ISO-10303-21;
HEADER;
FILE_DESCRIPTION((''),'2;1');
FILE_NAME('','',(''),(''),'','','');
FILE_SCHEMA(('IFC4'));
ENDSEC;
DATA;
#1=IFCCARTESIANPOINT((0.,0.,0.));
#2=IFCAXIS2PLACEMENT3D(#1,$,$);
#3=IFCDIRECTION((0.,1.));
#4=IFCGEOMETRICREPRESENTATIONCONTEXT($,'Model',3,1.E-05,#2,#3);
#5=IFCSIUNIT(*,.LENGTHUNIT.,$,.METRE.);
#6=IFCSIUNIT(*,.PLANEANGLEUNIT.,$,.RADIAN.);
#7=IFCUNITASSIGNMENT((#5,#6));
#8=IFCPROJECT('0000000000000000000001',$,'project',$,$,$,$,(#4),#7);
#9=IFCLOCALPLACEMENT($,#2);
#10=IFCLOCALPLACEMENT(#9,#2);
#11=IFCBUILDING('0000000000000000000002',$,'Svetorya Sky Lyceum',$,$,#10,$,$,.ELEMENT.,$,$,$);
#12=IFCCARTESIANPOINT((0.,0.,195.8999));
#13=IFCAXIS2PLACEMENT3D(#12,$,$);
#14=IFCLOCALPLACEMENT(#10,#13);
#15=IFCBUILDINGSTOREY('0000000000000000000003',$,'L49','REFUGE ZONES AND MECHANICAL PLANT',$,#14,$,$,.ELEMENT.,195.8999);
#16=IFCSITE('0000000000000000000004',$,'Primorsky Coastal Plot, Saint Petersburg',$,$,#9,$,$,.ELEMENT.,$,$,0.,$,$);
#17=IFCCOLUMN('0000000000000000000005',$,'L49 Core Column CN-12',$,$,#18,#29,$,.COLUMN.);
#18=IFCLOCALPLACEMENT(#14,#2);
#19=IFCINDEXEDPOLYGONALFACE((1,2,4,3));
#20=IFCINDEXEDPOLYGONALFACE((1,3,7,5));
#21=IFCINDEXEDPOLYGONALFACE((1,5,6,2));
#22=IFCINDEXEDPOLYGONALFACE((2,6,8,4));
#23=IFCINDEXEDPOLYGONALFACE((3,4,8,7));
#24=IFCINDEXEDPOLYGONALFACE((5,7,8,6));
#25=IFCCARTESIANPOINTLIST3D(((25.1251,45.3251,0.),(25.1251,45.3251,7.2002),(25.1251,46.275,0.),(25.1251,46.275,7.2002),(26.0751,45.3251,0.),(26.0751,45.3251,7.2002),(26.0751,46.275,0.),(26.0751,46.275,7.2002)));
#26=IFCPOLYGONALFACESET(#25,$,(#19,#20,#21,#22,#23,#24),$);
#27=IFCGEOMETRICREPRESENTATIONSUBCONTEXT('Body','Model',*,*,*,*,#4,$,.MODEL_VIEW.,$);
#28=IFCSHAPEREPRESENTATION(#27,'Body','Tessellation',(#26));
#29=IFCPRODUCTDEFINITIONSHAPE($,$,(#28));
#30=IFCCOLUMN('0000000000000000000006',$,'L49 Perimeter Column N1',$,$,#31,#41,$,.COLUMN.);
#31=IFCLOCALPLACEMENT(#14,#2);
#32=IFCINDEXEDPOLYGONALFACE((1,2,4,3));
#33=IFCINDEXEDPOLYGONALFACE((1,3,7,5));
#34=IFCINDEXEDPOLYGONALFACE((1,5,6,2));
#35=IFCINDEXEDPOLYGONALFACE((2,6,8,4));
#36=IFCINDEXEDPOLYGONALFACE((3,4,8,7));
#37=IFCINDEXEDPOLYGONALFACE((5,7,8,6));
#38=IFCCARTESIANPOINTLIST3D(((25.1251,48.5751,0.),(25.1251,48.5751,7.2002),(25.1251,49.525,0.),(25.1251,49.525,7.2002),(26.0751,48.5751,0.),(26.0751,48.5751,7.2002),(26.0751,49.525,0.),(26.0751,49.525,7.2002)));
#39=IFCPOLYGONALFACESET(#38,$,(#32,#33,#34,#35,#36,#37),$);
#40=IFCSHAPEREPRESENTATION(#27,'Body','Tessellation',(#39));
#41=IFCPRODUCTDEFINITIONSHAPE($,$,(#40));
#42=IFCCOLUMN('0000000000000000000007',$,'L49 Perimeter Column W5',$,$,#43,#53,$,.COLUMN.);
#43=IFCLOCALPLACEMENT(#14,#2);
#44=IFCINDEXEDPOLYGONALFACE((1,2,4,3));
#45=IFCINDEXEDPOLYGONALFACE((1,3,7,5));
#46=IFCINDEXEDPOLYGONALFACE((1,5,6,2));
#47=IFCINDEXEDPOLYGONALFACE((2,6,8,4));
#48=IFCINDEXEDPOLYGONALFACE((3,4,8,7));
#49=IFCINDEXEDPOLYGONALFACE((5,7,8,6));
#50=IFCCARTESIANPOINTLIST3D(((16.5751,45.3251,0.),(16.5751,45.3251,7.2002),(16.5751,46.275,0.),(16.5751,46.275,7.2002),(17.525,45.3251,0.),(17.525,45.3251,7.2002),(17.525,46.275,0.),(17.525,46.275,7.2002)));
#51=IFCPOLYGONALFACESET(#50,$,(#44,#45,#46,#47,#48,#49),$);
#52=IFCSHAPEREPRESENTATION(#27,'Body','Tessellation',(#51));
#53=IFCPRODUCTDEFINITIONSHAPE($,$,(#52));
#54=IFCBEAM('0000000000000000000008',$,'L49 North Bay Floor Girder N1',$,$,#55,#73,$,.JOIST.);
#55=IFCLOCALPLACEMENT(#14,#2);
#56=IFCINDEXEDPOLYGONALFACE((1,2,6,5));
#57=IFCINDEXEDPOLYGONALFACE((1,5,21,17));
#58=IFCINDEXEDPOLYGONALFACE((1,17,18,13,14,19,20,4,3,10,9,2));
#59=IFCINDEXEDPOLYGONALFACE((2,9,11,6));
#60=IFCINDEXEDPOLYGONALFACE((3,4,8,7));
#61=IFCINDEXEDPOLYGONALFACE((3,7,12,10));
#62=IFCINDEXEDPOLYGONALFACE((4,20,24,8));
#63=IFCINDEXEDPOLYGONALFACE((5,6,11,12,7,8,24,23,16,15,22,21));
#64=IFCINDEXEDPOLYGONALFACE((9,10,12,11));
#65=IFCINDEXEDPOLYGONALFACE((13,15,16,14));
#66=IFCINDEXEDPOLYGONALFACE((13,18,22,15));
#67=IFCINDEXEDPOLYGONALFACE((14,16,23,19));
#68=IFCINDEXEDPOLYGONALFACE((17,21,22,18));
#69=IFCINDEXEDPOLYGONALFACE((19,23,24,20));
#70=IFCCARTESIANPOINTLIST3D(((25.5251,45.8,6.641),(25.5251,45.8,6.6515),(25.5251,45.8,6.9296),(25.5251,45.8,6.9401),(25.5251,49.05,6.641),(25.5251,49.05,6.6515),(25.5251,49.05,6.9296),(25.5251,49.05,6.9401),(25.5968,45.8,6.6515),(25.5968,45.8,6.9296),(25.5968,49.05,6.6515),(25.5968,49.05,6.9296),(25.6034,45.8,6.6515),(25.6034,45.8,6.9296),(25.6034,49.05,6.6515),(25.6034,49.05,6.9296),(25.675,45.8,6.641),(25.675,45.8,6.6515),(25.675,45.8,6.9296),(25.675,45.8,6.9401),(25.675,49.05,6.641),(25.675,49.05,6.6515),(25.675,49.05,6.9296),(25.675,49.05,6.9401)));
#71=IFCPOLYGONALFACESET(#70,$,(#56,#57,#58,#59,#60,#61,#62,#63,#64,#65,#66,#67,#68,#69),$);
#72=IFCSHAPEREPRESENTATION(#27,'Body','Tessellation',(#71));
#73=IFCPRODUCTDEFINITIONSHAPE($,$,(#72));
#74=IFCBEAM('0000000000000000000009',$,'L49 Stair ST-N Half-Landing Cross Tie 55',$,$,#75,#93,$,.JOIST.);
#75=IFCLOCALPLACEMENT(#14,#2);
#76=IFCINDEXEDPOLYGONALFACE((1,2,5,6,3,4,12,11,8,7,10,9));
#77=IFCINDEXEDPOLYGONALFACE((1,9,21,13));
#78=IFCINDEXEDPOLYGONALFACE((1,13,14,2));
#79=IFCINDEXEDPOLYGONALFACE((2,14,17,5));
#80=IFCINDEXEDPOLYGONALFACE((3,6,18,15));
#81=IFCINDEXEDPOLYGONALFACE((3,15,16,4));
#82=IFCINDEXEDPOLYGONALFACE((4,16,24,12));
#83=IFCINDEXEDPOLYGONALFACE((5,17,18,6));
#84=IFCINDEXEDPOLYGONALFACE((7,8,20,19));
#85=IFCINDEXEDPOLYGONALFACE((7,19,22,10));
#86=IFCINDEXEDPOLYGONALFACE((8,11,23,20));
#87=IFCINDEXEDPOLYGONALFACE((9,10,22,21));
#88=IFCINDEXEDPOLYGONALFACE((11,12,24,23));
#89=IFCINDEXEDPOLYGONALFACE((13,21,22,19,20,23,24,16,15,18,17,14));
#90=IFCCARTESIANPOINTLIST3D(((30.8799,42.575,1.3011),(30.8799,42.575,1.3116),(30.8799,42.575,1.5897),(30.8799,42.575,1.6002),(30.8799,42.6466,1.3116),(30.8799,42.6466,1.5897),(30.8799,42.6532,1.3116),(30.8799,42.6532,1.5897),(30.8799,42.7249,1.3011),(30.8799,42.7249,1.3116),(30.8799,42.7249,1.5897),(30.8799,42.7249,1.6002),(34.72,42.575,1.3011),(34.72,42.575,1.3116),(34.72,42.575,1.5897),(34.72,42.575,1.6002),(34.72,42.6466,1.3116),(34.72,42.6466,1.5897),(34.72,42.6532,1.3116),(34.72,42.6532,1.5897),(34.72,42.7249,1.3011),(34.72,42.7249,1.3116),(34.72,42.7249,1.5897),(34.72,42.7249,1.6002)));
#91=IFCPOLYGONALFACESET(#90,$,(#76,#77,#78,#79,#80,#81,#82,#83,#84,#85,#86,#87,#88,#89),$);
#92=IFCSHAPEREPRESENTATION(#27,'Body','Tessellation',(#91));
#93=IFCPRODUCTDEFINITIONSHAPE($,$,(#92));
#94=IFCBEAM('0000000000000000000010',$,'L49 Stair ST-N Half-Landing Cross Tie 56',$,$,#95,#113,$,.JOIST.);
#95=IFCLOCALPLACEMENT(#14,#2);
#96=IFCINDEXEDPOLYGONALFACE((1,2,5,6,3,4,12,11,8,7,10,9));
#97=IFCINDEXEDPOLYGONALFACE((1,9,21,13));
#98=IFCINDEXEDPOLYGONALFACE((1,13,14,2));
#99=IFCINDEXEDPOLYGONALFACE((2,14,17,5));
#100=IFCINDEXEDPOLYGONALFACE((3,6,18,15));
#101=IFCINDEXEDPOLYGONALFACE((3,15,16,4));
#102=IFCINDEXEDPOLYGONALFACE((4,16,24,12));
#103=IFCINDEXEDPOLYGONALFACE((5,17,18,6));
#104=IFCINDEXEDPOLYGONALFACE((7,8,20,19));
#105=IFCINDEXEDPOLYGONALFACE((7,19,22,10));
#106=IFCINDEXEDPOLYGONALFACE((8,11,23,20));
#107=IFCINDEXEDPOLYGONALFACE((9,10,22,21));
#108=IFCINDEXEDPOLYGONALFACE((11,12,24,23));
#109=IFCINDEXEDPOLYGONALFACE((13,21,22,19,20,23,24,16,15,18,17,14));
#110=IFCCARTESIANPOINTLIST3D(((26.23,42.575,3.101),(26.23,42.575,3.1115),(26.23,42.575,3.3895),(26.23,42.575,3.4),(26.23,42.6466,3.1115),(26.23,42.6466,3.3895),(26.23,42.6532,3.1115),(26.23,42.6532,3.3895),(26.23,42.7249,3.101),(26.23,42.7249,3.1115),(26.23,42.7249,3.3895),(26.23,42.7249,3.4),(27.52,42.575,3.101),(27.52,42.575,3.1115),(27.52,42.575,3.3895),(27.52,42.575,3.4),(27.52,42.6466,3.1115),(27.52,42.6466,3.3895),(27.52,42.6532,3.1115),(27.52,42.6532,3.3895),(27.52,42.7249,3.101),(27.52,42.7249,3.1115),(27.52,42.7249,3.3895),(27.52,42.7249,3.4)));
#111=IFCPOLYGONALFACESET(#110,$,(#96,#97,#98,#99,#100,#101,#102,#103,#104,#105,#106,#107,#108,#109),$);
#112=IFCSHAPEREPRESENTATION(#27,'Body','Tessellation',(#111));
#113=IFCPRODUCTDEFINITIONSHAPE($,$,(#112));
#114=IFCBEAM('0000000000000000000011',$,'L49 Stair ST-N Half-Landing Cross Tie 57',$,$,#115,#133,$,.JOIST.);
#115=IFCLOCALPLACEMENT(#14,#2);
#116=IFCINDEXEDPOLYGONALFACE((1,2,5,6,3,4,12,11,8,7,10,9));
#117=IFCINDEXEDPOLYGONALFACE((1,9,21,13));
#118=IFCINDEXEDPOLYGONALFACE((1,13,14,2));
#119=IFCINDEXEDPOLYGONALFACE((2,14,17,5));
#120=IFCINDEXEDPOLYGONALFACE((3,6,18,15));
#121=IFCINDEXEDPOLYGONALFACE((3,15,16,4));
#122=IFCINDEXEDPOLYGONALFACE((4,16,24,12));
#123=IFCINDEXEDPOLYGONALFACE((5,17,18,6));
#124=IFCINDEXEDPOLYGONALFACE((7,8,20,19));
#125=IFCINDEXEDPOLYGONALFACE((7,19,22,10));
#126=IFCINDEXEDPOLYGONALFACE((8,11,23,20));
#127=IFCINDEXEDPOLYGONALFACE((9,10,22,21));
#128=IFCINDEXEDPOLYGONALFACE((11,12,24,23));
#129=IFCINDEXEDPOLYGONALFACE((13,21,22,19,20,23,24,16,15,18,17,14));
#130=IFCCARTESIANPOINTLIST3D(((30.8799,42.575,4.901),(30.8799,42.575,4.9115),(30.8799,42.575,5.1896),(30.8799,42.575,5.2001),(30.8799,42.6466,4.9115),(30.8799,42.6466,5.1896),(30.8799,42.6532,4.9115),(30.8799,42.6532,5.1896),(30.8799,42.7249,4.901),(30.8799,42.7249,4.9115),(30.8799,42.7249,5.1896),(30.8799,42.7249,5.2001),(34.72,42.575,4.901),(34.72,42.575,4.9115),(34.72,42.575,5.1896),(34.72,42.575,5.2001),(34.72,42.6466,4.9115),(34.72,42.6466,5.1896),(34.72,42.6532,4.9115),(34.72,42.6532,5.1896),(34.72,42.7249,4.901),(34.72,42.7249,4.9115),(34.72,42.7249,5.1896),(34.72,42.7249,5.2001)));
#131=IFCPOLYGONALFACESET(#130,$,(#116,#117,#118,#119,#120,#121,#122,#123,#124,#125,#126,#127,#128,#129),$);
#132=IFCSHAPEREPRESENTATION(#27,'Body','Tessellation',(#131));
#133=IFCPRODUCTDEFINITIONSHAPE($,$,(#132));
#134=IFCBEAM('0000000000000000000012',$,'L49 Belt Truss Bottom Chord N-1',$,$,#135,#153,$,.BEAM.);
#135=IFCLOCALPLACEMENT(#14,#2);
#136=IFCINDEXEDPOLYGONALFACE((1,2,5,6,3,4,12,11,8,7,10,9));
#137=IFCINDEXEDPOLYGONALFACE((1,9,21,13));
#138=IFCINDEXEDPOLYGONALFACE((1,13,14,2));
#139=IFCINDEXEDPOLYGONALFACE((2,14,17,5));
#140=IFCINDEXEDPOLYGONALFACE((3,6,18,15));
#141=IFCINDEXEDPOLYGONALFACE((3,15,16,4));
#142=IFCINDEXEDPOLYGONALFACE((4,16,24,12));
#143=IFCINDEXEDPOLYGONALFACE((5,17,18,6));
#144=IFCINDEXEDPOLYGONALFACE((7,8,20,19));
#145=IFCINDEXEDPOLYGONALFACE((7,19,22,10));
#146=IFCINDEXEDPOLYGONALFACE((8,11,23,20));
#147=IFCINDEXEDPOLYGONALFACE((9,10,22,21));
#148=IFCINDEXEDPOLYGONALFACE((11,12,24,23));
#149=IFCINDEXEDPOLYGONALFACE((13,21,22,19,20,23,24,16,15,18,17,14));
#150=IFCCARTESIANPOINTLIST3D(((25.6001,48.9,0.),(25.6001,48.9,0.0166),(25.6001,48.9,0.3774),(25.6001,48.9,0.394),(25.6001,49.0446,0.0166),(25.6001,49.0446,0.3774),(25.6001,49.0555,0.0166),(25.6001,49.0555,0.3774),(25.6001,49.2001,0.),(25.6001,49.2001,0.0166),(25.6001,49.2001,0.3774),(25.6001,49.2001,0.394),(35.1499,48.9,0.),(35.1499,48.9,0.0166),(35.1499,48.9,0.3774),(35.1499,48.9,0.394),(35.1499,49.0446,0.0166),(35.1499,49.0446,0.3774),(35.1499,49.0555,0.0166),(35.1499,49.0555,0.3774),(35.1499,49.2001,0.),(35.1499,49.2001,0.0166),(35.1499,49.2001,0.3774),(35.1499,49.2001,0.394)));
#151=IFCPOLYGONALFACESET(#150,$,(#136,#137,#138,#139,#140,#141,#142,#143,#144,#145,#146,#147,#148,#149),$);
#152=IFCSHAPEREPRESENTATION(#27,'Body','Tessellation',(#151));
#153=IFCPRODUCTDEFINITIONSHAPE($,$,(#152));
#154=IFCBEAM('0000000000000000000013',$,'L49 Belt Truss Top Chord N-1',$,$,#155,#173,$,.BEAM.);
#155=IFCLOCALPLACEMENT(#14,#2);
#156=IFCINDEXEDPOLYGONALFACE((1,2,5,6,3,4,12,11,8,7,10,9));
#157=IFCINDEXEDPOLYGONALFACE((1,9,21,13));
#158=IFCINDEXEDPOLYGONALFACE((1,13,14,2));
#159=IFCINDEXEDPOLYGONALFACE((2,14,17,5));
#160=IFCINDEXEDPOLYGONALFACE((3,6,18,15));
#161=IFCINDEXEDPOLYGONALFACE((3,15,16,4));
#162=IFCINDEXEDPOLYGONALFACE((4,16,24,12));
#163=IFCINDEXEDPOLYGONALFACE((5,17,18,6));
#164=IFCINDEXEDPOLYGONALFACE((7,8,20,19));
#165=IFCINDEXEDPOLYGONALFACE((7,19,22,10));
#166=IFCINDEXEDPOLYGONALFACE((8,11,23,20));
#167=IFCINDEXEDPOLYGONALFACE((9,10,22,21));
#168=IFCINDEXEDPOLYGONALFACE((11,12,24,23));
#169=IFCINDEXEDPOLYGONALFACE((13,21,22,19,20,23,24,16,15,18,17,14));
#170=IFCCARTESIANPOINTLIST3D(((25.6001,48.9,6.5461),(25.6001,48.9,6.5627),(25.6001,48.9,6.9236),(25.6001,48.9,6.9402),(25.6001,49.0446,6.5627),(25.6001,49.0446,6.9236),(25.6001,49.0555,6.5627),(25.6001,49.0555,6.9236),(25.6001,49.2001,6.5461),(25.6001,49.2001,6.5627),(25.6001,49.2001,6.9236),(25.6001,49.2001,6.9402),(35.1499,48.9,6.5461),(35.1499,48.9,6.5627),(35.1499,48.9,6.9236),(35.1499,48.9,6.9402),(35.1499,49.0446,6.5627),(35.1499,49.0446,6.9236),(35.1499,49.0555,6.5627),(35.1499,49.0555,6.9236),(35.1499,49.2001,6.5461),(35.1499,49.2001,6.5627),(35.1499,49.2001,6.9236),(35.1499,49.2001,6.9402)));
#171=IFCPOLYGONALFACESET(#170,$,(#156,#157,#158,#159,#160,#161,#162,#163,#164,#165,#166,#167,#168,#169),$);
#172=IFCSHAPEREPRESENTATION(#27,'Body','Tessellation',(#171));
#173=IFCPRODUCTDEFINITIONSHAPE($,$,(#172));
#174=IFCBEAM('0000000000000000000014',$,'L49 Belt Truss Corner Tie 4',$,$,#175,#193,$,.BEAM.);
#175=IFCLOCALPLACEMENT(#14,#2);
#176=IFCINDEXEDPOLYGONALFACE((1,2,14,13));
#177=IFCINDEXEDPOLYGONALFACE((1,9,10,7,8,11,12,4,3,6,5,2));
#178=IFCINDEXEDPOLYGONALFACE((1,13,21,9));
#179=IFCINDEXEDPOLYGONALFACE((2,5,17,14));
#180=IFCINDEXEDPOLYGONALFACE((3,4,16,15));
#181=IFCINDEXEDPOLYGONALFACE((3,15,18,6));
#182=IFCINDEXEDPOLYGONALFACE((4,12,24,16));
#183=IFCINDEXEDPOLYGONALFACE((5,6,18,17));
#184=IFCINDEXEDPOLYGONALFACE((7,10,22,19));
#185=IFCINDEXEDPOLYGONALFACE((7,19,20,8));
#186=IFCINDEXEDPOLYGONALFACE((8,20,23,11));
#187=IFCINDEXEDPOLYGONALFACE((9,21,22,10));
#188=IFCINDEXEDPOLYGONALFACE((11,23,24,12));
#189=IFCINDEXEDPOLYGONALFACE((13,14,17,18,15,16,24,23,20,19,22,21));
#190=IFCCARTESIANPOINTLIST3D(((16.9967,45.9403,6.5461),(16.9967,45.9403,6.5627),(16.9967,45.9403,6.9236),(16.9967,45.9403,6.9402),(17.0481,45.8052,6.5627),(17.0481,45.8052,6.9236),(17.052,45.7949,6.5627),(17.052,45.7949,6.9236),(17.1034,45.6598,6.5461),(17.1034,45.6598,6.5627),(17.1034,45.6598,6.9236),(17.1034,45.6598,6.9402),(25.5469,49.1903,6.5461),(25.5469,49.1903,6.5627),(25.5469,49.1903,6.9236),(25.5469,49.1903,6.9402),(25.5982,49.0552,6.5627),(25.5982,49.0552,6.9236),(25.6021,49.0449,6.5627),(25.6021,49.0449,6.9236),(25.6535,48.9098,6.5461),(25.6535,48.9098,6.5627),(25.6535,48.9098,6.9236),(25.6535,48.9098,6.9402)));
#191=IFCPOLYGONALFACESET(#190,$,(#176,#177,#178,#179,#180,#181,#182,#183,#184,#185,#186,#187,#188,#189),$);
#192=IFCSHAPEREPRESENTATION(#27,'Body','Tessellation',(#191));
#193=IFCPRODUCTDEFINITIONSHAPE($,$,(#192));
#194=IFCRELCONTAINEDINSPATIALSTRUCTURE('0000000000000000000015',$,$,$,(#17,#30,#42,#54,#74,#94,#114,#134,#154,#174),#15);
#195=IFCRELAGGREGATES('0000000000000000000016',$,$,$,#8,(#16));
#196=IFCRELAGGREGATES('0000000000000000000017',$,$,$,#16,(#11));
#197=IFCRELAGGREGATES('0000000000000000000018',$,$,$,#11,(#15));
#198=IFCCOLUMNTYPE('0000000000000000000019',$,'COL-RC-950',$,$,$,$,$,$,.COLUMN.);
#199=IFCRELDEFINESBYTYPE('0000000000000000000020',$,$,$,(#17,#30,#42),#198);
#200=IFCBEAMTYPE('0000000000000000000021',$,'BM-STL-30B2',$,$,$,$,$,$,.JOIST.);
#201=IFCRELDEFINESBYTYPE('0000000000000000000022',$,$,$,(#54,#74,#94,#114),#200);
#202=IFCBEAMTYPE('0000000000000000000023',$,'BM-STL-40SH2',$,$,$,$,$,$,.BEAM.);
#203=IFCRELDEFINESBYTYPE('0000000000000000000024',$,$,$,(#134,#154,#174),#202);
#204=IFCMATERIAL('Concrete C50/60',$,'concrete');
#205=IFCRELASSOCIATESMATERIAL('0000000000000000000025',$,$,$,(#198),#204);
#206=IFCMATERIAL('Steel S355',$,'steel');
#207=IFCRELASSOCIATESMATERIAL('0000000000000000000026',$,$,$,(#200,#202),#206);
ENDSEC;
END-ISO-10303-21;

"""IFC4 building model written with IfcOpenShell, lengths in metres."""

from ifc_helpers import new_model, si_unit, direction, frame, origin, origin_2d, place, context, subcontext, project, spatial, rectangle, i_section, extrude, material, material_profile, profile_set, type_object, element, save


model = new_model("IFC4")

# Units and contexts
model_context = context("Model", 3, precision=1e-05, world=origin(), true_north=direction((0.0, 1.0)))
body_context = subcontext(model_context, "Body", "Model", "MODEL_VIEW")
ifc_project = project(units=[si_unit("LENGTHUNIT", "METRE"), si_unit("PLANEANGLEUNIT", "RADIAN")], contexts=[model_context])

# Site, building, storey
site_placement = place(None, origin())
site = spatial("IfcSite", under=ifc_project, at=site_placement, Name="Primorsky Coastal Plot, Saint Petersburg", CompositionType="ELEMENT", RefElevation=0.0)
building_placement = place(site_placement, origin())
building = spatial("IfcBuilding", under=site, at=building_placement, Name="Svetorya Sky Lyceum", CompositionType="ELEMENT")
storey_placement = place(building_placement, frame((0.0, 0.0, 195.8999)))
storey = spatial("IfcBuildingStorey", under=building, at=storey_placement, Name="L49", Description="REFUGE ZONES AND MECHANICAL PLANT", CompositionType="ELEMENT", Elevation=195.8999)

# Columns
ifc_material_1 = material(Name="Concrete C50/60", Category="concrete")
ifc_material_profile_1 = material_profile(ifc_material_1, rectangle(XDim=0.95, YDim=0.95, at=origin_2d()), Name="RC COL 950x950")
ifc_profile_set_1 = profile_set([ifc_material_profile_1], Name="Concrete C50/60")
column_type = type_object("IfcColumnType", Name="COL-RC-950", PredefinedType="COLUMN", material=ifc_profile_set_1)
for number, where, z_axis, x_axis, name in (
    (1, (25.6001, 45.8, 0.0), (0.0, 0.0, 1.0), (1.0, 0.0, 0.0), "L49 Core Column CN-12"),
    (2, (25.6001, 49.05, 0.0), (0.0, 0.0, 1.0), (1.0, 0.0, 0.0), "L49 Perimeter Column N1"),
    (3, (17.05, 45.8, 0.0), (0.0, 0.0, 1.0), (1.0, 0.0, 0.0), "L49 Perimeter Column W5"),
):
    element("IfcColumn", number, at=place(storey_placement, frame(where, z_axis=z_axis, x_axis=x_axis)), inside=storey, type_object=column_type, Name=name, PredefinedType="COLUMN", context=body_context, shape_type="SweptSolid", body=[
        extrude(rectangle(XDim=0.95, YDim=0.95, at=origin_2d()), origin(), (0.0, 0.0, 1.0), 7.2002),
    ])

# Beams
ifc_material_2 = material(Name="Steel S355", Category="steel")
ifc_material_profile_2 = material_profile(ifc_material_2, i_section(OverallWidth=0.1499, OverallDepth=0.2991, WebThickness=0.0066, FlangeThickness=0.0105, at=origin_2d()), Name="GOST 30B2")
ifc_profile_set_2 = profile_set([ifc_material_profile_2], Name="Steel S355")
beam_type_1 = type_object("IfcBeamType", Name="BM-STL-30B2", PredefinedType="JOIST", material=ifc_profile_set_2)
beam_1_placement = place(storey_placement, frame((25.6001, 45.8, 6.7905), z_axis=(0.0, 1.0, 0.0), x_axis=(-1.0, 0.0, 0.0)))
element("IfcBeam", 4, at=beam_1_placement, inside=storey, type_object=beam_type_1, Name="L49 North Bay Floor Girder N1", PredefinedType="JOIST", context=body_context, shape_type="SweptSolid", body=[
    extrude(i_section(OverallWidth=0.1499, OverallDepth=0.2991, WebThickness=0.0066, FlangeThickness=0.0105, at=origin_2d()), origin(), (0.0, 0.0, 1.0), 3.25),
])
beam_2_placement = place(storey_placement, frame((30.8799, 42.6499, 1.4507), z_axis=(1.0, 0.0, 0.0), x_axis=(0.0, 1.0, 0.0)))
element("IfcBeam", 5, at=beam_2_placement, inside=storey, type_object=beam_type_1, Name="L49 Stair ST-N Half-Landing Cross Tie 55", PredefinedType="JOIST", context=body_context, shape_type="SweptSolid", body=[
    extrude(i_section(OverallWidth=0.1499, OverallDepth=0.2991, WebThickness=0.0066, FlangeThickness=0.0105, at=origin_2d()), origin(), (0.0, 0.0, 1.0), 3.8401),
])
beam_3_placement = place(storey_placement, frame((26.23, 42.6499, 3.2505), z_axis=(1.0, 0.0, 0.0), x_axis=(0.0, 1.0, 0.0)))
element("IfcBeam", 6, at=beam_3_placement, inside=storey, type_object=beam_type_1, Name="L49 Stair ST-N Half-Landing Cross Tie 56", PredefinedType="JOIST", context=body_context, shape_type="SweptSolid", body=[
    extrude(i_section(OverallWidth=0.1499, OverallDepth=0.2991, WebThickness=0.0066, FlangeThickness=0.0105, at=origin_2d()), origin(), (0.0, 0.0, 1.0), 1.29),
])
beam_4_placement = place(storey_placement, frame((30.8799, 42.6499, 5.0505), z_axis=(1.0, 0.0, 0.0), x_axis=(0.0, 1.0, 0.0)))
element("IfcBeam", 7, at=beam_4_placement, inside=storey, type_object=beam_type_1, Name="L49 Stair ST-N Half-Landing Cross Tie 57", PredefinedType="JOIST", context=body_context, shape_type="SweptSolid", body=[
    extrude(i_section(OverallWidth=0.1499, OverallDepth=0.2991, WebThickness=0.0066, FlangeThickness=0.0105, at=origin_2d()), origin(), (0.0, 0.0, 1.0), 3.8401),
])
ifc_material_profile_3 = material_profile(ifc_material_2, i_section(OverallWidth=0.3, OverallDepth=0.394, WebThickness=0.011, FlangeThickness=0.0166, at=origin_2d()), Name="GOST 40Sh2")
ifc_profile_set_3 = profile_set([ifc_material_profile_3], Name="Steel S355")
beam_type_2 = type_object("IfcBeamType", Name="BM-STL-40SH2", PredefinedType="BEAM", material=ifc_profile_set_3)
for number, where, z_axis, x_axis, name in (
    (8, (25.6001, 49.05, 0.197), (1.0, 0.0, 0.0), (0.0, 1.0, 0.0), "L49 Belt Truss Bottom Chord N-1"),
    (9, (25.6001, 49.05, 6.7432), (1.0, 0.0, 0.0), (0.0, 1.0, 0.0), "L49 Belt Truss Top Chord N-1"),
):
    element("IfcBeam", number, at=place(storey_placement, frame(where, z_axis=z_axis, x_axis=x_axis)), inside=storey, type_object=beam_type_2, Name=name, PredefinedType="BEAM", context=body_context, shape_type="SweptSolid", body=[
        extrude(i_section(OverallWidth=0.3, OverallDepth=0.394, WebThickness=0.011, FlangeThickness=0.0166, at=origin_2d()), origin(), (0.0, 0.0, 1.0), 9.5498),
    ])
beam_5_placement = place(storey_placement, frame((17.05, 45.8, 6.7432), z_axis=(0.934748, 0.355312, 0.0), x_axis=(-0.355312, 0.934748, 0.0)))
element("IfcBeam", 10, at=beam_5_placement, inside=storey, type_object=beam_type_2, Name="L49 Belt Truss Corner Tie 4", PredefinedType="BEAM", context=body_context, shape_type="SweptSolid", body=[
    extrude(i_section(OverallWidth=0.3, OverallDepth=0.394, WebThickness=0.011, FlangeThickness=0.0166, at=origin_2d()), origin(), (0.0, 0.0, 1.0), 9.147),
])

save(model, "model.ifc")
